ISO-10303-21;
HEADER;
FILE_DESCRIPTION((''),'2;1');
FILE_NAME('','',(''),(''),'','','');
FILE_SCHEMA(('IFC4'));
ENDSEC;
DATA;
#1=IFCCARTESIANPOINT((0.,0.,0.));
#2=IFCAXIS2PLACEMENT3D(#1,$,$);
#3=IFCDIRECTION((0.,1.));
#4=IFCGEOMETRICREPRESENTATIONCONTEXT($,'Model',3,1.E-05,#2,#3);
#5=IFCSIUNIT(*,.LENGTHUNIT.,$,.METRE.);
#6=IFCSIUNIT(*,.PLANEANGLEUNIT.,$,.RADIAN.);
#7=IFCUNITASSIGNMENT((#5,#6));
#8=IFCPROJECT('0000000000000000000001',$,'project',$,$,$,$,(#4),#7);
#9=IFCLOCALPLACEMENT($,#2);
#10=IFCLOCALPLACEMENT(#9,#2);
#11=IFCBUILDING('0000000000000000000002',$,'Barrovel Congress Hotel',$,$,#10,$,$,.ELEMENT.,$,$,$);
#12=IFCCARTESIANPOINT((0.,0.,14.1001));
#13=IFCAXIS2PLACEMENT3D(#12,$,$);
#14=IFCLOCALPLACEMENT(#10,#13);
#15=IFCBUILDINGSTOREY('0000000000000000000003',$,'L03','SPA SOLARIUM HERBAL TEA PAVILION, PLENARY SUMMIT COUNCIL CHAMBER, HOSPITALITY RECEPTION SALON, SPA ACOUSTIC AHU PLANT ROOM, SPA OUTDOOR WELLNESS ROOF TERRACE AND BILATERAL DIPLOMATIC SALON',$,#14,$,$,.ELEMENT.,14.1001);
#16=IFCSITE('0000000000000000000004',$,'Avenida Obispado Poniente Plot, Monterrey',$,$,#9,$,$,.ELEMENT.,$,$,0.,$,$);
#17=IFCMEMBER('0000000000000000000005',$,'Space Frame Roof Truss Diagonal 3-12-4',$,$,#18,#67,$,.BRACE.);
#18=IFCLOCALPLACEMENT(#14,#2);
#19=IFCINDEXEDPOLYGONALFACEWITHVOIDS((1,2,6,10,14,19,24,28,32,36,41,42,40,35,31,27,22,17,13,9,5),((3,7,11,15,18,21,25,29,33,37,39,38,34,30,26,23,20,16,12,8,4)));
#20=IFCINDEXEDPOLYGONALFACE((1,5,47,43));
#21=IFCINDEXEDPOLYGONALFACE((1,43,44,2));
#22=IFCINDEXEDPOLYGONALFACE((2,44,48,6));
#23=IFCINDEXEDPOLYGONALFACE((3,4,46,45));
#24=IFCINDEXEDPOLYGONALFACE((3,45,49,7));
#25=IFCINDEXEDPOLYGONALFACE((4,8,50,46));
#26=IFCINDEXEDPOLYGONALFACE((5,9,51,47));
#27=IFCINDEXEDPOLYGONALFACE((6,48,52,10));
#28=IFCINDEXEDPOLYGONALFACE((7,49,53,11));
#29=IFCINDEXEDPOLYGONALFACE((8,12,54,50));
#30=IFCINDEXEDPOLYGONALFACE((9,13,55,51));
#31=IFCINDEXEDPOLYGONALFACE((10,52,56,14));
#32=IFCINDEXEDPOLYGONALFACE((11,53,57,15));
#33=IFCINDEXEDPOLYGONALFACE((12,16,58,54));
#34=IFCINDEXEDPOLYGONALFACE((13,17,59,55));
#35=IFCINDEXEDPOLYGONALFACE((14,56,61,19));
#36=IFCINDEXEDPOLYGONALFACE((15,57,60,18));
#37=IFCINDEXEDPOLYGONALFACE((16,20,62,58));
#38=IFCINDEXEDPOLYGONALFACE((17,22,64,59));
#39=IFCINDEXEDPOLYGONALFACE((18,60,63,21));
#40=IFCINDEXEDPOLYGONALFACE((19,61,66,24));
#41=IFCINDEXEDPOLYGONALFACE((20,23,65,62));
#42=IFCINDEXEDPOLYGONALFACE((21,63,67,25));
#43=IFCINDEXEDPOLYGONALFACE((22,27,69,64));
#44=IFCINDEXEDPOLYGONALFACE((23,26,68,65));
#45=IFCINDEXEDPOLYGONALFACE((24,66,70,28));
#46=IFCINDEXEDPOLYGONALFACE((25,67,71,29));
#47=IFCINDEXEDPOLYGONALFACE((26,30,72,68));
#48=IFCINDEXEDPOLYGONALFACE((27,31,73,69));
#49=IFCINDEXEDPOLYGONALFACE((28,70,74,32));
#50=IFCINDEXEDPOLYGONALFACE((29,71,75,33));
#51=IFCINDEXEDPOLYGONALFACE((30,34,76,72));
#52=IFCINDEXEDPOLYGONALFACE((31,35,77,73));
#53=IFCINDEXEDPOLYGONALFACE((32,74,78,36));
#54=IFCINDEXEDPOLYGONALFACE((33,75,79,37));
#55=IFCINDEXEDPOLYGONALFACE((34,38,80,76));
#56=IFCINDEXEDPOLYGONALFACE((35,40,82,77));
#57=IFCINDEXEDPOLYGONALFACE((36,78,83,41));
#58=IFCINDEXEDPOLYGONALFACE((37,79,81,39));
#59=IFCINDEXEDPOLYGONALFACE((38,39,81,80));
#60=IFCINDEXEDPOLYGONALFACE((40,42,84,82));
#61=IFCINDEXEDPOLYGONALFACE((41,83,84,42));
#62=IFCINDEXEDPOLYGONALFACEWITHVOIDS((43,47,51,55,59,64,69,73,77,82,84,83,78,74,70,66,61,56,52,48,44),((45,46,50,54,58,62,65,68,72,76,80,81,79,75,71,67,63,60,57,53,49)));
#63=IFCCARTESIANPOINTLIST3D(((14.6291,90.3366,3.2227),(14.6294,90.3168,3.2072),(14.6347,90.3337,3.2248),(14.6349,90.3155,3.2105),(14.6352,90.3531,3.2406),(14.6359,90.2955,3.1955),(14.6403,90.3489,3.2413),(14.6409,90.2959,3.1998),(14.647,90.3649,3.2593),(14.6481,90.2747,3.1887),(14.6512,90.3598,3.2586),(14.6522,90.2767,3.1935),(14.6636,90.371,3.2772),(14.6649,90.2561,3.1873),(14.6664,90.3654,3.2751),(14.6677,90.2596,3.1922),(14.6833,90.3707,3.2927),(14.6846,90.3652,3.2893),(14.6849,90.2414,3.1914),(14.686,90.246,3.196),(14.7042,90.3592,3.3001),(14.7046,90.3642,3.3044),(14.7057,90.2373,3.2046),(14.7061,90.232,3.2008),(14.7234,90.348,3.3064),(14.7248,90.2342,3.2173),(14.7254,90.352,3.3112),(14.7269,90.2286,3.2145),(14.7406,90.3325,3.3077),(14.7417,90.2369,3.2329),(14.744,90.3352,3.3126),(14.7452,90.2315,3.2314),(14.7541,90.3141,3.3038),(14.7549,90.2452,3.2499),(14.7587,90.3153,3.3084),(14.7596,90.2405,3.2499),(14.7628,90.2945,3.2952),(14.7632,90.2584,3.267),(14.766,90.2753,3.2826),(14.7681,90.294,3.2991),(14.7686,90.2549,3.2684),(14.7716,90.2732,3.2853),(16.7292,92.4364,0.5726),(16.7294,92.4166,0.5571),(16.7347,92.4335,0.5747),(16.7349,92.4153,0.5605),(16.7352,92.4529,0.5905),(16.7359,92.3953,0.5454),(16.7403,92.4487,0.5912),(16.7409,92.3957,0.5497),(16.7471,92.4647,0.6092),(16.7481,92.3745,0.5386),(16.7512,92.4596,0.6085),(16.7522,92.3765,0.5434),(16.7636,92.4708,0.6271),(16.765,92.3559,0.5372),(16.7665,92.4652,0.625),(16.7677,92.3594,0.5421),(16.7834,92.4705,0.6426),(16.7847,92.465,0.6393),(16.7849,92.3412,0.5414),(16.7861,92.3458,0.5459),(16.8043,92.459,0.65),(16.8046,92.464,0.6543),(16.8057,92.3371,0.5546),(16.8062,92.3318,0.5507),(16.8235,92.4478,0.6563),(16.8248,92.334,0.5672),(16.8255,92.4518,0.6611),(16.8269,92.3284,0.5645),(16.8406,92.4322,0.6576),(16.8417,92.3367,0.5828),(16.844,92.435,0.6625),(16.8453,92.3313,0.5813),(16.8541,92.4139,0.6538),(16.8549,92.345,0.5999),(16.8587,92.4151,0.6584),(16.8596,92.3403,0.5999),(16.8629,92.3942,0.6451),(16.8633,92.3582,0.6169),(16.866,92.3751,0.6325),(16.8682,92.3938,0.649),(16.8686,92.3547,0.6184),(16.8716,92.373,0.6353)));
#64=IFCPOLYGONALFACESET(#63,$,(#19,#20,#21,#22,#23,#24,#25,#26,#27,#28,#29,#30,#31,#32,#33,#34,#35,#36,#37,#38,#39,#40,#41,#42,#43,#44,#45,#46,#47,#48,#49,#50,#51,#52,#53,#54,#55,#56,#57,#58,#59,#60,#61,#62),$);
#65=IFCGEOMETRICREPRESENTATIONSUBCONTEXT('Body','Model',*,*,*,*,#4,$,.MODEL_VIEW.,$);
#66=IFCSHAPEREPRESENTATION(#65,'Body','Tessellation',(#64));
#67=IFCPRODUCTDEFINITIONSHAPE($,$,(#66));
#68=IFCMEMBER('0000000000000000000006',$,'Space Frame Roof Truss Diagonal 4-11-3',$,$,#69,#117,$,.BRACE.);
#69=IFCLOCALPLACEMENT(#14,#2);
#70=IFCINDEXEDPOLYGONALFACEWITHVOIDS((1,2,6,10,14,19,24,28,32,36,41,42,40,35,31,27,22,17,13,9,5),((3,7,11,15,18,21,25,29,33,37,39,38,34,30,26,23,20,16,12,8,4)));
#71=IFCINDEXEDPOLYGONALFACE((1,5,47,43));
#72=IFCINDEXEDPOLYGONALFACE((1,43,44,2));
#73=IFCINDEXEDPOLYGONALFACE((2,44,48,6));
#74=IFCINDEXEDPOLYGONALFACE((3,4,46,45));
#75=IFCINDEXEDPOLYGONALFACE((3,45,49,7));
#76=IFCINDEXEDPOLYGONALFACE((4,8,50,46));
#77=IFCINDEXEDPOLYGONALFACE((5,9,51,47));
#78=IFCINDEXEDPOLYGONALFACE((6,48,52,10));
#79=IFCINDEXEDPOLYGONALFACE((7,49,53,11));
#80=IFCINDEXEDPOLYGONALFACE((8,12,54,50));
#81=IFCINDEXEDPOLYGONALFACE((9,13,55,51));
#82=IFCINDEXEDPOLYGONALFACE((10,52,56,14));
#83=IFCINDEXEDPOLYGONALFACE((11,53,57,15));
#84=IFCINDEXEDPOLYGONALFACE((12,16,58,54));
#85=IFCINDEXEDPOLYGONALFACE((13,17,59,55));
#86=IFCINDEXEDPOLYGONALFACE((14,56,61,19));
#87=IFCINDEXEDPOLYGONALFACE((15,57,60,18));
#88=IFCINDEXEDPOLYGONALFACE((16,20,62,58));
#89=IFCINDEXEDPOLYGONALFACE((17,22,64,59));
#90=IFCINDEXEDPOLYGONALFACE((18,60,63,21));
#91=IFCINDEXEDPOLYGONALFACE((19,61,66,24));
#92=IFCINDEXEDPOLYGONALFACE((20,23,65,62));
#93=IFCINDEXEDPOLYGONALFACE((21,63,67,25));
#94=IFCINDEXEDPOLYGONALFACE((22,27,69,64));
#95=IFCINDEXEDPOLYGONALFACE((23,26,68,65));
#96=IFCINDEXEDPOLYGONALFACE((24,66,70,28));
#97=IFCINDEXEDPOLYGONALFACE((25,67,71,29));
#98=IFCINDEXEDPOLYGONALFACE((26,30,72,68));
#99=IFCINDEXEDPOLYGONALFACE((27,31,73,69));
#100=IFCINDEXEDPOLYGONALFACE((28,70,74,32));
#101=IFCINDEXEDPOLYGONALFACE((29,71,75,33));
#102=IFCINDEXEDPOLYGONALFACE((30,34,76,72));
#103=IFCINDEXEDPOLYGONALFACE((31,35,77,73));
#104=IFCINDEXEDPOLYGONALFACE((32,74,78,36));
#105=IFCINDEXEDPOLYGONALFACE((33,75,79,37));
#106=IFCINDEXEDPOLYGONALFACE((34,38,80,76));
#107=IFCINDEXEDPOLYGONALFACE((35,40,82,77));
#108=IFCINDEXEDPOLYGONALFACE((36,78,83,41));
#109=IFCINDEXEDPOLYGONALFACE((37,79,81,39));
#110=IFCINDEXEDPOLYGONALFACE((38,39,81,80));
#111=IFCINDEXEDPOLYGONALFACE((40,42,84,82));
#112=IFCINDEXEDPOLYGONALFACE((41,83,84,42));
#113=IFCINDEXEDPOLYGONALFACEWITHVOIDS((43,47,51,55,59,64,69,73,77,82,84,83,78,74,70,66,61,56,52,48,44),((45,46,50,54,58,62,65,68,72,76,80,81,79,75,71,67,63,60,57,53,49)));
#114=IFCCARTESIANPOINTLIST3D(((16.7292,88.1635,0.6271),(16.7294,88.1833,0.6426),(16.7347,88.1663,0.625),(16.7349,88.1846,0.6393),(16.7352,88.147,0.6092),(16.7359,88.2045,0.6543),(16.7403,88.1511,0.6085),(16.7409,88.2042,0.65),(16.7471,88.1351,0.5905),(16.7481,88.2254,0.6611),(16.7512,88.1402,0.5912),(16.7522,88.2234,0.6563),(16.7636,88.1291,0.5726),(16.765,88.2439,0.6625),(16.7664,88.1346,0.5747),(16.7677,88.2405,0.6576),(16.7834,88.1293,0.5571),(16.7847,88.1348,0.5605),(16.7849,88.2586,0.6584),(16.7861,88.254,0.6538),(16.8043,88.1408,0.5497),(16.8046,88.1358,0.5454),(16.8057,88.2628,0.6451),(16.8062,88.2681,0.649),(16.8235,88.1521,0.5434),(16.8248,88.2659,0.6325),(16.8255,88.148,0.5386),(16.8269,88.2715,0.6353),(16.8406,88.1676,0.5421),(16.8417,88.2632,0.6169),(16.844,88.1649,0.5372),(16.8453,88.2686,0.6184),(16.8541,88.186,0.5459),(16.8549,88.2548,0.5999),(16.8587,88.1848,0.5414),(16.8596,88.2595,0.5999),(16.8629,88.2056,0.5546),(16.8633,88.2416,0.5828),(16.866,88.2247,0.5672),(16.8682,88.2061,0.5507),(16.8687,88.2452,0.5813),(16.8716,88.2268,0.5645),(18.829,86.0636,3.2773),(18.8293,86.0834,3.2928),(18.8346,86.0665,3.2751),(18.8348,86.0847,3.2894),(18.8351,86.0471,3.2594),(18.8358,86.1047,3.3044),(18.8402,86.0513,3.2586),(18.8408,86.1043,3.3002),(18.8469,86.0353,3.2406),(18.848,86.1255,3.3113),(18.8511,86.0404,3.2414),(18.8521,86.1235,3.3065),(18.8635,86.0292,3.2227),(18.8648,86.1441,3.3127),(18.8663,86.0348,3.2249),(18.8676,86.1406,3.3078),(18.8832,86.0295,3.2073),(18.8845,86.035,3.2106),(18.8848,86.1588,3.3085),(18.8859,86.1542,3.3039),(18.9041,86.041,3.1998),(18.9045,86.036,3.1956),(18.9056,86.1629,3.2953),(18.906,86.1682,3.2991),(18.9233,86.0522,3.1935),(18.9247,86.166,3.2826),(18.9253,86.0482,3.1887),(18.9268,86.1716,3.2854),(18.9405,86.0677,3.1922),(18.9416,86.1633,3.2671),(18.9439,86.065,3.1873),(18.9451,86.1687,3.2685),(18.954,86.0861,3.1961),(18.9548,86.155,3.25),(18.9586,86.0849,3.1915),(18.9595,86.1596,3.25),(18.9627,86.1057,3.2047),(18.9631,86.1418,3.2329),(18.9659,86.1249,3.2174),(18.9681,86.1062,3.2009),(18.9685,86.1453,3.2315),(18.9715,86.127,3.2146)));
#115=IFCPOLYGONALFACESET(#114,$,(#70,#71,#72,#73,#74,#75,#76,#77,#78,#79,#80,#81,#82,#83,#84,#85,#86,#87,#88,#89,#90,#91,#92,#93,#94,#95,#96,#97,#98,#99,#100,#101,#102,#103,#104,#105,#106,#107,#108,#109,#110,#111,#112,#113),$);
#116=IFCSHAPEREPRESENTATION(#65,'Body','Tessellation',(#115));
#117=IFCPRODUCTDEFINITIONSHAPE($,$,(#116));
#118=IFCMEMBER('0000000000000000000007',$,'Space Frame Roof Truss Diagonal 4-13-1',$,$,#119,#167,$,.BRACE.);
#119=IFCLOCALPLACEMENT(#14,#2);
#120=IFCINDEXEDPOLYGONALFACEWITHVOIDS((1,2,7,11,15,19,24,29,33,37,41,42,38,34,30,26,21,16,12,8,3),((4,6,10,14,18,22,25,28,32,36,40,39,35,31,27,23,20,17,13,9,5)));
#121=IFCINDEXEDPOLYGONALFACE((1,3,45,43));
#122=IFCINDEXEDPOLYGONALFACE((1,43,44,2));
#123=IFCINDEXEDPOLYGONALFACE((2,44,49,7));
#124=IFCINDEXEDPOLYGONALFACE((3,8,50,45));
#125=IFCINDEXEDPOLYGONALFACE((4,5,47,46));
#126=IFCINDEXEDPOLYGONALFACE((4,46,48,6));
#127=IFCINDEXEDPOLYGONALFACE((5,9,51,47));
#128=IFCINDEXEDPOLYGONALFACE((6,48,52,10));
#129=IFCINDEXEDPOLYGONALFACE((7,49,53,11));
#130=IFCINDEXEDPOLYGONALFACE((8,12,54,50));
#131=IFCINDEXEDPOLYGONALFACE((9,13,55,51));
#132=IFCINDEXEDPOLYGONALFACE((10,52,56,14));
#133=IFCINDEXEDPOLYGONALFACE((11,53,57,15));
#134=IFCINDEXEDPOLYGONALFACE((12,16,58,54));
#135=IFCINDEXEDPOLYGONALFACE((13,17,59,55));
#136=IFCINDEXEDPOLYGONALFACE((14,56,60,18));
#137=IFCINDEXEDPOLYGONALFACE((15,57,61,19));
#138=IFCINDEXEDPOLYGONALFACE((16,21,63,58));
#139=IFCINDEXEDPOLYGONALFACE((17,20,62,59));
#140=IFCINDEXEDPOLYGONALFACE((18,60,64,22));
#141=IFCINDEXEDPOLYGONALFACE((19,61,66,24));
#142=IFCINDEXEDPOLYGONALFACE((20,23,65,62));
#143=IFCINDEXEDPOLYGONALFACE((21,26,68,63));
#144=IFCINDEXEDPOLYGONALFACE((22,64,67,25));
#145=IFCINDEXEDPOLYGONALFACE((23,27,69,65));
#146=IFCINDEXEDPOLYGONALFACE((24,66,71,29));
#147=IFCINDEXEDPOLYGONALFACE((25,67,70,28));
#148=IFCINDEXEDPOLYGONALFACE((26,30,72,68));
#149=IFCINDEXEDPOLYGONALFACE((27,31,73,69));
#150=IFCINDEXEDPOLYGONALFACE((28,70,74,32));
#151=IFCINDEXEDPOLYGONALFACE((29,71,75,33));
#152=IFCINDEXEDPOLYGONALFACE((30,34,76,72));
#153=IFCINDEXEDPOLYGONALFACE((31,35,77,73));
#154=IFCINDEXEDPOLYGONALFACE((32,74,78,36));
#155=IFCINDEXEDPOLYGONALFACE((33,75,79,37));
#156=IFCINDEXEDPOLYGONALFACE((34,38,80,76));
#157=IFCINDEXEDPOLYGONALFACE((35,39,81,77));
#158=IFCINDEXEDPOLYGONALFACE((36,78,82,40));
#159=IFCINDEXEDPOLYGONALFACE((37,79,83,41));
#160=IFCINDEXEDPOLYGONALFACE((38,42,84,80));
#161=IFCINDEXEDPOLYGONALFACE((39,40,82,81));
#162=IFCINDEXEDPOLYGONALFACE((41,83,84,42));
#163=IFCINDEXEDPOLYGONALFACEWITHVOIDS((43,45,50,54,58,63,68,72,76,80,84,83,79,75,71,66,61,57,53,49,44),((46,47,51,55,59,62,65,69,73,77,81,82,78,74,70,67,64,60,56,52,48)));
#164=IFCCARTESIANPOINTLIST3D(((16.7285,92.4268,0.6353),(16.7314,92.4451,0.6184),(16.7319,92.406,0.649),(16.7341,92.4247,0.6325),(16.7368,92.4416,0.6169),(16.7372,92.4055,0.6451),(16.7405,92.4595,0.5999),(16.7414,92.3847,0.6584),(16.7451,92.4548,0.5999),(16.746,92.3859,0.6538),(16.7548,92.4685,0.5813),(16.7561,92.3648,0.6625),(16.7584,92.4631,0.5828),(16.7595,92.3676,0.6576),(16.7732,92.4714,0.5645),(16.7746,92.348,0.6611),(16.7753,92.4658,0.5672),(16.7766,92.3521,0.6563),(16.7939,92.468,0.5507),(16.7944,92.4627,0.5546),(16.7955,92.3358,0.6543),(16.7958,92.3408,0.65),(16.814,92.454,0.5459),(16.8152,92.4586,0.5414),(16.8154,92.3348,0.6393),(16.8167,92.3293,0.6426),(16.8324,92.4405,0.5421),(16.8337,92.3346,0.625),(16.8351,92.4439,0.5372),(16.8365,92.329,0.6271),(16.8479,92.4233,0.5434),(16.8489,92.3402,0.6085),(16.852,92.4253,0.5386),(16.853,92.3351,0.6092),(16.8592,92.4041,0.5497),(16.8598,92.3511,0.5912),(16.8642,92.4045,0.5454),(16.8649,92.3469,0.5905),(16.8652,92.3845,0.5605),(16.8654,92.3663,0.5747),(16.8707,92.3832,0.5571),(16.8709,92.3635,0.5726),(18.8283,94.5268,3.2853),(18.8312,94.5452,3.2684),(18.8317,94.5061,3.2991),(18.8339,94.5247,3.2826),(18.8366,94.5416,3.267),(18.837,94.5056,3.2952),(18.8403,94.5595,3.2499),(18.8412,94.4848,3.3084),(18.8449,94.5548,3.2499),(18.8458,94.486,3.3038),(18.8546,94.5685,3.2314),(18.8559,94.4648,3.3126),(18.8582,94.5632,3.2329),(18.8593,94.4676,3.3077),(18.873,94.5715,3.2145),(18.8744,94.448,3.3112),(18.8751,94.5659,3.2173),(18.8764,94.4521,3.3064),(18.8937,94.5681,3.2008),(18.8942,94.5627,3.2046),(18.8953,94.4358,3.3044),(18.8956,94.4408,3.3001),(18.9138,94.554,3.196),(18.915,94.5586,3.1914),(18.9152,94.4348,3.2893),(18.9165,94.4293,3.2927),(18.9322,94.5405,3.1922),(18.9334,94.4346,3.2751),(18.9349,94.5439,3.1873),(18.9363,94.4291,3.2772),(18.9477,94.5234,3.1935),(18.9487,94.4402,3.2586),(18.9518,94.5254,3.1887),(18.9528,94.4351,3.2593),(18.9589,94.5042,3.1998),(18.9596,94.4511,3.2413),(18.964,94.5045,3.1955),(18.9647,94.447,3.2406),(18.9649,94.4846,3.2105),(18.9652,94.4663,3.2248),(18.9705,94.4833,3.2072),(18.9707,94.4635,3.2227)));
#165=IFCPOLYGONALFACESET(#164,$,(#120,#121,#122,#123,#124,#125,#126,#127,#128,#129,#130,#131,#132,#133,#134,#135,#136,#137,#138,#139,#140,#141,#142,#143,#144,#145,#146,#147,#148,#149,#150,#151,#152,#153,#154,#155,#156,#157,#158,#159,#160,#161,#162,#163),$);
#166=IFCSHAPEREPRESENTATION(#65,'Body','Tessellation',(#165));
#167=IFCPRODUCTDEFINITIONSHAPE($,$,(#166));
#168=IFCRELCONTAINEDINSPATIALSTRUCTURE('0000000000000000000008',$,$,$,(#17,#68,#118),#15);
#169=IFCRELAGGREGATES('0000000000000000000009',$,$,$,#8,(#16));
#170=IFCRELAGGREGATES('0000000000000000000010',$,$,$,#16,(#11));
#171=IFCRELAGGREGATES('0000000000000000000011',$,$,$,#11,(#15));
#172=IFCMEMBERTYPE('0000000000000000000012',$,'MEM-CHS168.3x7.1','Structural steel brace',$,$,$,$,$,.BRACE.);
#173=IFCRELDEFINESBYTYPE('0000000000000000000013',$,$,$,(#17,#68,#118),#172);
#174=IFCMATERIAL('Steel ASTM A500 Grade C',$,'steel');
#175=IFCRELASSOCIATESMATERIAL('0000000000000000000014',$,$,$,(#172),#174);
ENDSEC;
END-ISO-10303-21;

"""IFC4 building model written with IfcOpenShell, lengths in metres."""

from ifc_helpers import new_model, si_unit, direction, frame, origin, origin_2d, place, context, subcontext, project, spatial, hollow_circle, extrude, material, material_profile, profile_set, type_object, element, save


model = new_model("IFC4")

# Units and contexts
model_context = context("Model", 3, precision=1e-05, world=origin(), true_north=direction((0.0, 1.0)))
body_context = subcontext(model_context, "Body", "Model", "MODEL_VIEW")
ifc_project = project(units=[si_unit("LENGTHUNIT", "METRE"), si_unit("PLANEANGLEUNIT", "RADIAN")], contexts=[model_context])

# Site, building, storey
site_placement = place(None, origin())
site = spatial("IfcSite", under=ifc_project, at=site_placement, Name="Avenida Obispado Poniente Plot, Monterrey", CompositionType="ELEMENT", RefElevation=0.0)
building_placement = place(site_placement, origin())
building = spatial("IfcBuilding", under=site, at=building_placement, Name="Barrovel Congress Hotel", CompositionType="ELEMENT")
storey_placement = place(building_placement, frame((0.0, 0.0, 14.1001)))
storey = spatial("IfcBuildingStorey", under=building, at=storey_placement, Name="L03", Description="SPA SOLARIUM HERBAL TEA PAVILION, PLENARY SUMMIT COUNCIL CHAMBER, HOSPITALITY RECEPTION SALON, SPA ACOUSTIC AHU PLANT ROOM, SPA OUTDOOR WELLNESS ROOF TERRACE AND BILATERAL DIPLOMATIC SALON", CompositionType="ELEMENT", Elevation=14.1001)

# Members
ifc_material_1 = material(Name="Steel ASTM A500 Grade C", Category="steel")
ifc_material_profile_1 = material_profile(ifc_material_1, hollow_circle(Radius=0.0842, WallThickness=0.0066, at=origin_2d()), Name="CHS168.3x7.1")
ifc_profile_set_1 = profile_set([ifc_material_profile_1], Name="Steel ASTM A500 Grade C")
member_type_1 = type_object("IfcMemberType", Name="MEM-CHS168.3x7.1", Description="Structural steel brace", PredefinedType="BRACE", material=ifc_profile_set_1)
for number, where, z_axis, x_axis, name in (
    (1, (16.8, 92.3999, 0.5999), (-0.527618, -0.527557, 0.66581), (0.707066, -0.707148, 0.0), "Space Frame Roof Truss Diagonal 3-12-4"),
    (2, (16.8, 88.2, 0.5999), (0.527574, -0.527574, 0.665831), (0.707107, 0.707107, 0.0), "Space Frame Roof Truss Diagonal 4-11-3"),
    (3, (16.8, 92.3999, 0.5999), (0.527557, 0.527618, 0.66581), (-0.707148, 0.707066, 0.0), "Space Frame Roof Truss Diagonal 4-13-1"),
):
    element("IfcMember", number, at=place(storey_placement, frame(where, z_axis=z_axis, x_axis=x_axis)), inside=storey, type_object=member_type_1, Name=name, PredefinedType="BRACE", context=body_context, shape_type="SweptSolid", body=[
        extrude(hollow_circle(Radius=0.0842, WallThickness=0.0066, at=origin_2d()), origin(), (0.0, 0.0, 1.0), 3.9802),
    ])

save(model, "model.ifc")
